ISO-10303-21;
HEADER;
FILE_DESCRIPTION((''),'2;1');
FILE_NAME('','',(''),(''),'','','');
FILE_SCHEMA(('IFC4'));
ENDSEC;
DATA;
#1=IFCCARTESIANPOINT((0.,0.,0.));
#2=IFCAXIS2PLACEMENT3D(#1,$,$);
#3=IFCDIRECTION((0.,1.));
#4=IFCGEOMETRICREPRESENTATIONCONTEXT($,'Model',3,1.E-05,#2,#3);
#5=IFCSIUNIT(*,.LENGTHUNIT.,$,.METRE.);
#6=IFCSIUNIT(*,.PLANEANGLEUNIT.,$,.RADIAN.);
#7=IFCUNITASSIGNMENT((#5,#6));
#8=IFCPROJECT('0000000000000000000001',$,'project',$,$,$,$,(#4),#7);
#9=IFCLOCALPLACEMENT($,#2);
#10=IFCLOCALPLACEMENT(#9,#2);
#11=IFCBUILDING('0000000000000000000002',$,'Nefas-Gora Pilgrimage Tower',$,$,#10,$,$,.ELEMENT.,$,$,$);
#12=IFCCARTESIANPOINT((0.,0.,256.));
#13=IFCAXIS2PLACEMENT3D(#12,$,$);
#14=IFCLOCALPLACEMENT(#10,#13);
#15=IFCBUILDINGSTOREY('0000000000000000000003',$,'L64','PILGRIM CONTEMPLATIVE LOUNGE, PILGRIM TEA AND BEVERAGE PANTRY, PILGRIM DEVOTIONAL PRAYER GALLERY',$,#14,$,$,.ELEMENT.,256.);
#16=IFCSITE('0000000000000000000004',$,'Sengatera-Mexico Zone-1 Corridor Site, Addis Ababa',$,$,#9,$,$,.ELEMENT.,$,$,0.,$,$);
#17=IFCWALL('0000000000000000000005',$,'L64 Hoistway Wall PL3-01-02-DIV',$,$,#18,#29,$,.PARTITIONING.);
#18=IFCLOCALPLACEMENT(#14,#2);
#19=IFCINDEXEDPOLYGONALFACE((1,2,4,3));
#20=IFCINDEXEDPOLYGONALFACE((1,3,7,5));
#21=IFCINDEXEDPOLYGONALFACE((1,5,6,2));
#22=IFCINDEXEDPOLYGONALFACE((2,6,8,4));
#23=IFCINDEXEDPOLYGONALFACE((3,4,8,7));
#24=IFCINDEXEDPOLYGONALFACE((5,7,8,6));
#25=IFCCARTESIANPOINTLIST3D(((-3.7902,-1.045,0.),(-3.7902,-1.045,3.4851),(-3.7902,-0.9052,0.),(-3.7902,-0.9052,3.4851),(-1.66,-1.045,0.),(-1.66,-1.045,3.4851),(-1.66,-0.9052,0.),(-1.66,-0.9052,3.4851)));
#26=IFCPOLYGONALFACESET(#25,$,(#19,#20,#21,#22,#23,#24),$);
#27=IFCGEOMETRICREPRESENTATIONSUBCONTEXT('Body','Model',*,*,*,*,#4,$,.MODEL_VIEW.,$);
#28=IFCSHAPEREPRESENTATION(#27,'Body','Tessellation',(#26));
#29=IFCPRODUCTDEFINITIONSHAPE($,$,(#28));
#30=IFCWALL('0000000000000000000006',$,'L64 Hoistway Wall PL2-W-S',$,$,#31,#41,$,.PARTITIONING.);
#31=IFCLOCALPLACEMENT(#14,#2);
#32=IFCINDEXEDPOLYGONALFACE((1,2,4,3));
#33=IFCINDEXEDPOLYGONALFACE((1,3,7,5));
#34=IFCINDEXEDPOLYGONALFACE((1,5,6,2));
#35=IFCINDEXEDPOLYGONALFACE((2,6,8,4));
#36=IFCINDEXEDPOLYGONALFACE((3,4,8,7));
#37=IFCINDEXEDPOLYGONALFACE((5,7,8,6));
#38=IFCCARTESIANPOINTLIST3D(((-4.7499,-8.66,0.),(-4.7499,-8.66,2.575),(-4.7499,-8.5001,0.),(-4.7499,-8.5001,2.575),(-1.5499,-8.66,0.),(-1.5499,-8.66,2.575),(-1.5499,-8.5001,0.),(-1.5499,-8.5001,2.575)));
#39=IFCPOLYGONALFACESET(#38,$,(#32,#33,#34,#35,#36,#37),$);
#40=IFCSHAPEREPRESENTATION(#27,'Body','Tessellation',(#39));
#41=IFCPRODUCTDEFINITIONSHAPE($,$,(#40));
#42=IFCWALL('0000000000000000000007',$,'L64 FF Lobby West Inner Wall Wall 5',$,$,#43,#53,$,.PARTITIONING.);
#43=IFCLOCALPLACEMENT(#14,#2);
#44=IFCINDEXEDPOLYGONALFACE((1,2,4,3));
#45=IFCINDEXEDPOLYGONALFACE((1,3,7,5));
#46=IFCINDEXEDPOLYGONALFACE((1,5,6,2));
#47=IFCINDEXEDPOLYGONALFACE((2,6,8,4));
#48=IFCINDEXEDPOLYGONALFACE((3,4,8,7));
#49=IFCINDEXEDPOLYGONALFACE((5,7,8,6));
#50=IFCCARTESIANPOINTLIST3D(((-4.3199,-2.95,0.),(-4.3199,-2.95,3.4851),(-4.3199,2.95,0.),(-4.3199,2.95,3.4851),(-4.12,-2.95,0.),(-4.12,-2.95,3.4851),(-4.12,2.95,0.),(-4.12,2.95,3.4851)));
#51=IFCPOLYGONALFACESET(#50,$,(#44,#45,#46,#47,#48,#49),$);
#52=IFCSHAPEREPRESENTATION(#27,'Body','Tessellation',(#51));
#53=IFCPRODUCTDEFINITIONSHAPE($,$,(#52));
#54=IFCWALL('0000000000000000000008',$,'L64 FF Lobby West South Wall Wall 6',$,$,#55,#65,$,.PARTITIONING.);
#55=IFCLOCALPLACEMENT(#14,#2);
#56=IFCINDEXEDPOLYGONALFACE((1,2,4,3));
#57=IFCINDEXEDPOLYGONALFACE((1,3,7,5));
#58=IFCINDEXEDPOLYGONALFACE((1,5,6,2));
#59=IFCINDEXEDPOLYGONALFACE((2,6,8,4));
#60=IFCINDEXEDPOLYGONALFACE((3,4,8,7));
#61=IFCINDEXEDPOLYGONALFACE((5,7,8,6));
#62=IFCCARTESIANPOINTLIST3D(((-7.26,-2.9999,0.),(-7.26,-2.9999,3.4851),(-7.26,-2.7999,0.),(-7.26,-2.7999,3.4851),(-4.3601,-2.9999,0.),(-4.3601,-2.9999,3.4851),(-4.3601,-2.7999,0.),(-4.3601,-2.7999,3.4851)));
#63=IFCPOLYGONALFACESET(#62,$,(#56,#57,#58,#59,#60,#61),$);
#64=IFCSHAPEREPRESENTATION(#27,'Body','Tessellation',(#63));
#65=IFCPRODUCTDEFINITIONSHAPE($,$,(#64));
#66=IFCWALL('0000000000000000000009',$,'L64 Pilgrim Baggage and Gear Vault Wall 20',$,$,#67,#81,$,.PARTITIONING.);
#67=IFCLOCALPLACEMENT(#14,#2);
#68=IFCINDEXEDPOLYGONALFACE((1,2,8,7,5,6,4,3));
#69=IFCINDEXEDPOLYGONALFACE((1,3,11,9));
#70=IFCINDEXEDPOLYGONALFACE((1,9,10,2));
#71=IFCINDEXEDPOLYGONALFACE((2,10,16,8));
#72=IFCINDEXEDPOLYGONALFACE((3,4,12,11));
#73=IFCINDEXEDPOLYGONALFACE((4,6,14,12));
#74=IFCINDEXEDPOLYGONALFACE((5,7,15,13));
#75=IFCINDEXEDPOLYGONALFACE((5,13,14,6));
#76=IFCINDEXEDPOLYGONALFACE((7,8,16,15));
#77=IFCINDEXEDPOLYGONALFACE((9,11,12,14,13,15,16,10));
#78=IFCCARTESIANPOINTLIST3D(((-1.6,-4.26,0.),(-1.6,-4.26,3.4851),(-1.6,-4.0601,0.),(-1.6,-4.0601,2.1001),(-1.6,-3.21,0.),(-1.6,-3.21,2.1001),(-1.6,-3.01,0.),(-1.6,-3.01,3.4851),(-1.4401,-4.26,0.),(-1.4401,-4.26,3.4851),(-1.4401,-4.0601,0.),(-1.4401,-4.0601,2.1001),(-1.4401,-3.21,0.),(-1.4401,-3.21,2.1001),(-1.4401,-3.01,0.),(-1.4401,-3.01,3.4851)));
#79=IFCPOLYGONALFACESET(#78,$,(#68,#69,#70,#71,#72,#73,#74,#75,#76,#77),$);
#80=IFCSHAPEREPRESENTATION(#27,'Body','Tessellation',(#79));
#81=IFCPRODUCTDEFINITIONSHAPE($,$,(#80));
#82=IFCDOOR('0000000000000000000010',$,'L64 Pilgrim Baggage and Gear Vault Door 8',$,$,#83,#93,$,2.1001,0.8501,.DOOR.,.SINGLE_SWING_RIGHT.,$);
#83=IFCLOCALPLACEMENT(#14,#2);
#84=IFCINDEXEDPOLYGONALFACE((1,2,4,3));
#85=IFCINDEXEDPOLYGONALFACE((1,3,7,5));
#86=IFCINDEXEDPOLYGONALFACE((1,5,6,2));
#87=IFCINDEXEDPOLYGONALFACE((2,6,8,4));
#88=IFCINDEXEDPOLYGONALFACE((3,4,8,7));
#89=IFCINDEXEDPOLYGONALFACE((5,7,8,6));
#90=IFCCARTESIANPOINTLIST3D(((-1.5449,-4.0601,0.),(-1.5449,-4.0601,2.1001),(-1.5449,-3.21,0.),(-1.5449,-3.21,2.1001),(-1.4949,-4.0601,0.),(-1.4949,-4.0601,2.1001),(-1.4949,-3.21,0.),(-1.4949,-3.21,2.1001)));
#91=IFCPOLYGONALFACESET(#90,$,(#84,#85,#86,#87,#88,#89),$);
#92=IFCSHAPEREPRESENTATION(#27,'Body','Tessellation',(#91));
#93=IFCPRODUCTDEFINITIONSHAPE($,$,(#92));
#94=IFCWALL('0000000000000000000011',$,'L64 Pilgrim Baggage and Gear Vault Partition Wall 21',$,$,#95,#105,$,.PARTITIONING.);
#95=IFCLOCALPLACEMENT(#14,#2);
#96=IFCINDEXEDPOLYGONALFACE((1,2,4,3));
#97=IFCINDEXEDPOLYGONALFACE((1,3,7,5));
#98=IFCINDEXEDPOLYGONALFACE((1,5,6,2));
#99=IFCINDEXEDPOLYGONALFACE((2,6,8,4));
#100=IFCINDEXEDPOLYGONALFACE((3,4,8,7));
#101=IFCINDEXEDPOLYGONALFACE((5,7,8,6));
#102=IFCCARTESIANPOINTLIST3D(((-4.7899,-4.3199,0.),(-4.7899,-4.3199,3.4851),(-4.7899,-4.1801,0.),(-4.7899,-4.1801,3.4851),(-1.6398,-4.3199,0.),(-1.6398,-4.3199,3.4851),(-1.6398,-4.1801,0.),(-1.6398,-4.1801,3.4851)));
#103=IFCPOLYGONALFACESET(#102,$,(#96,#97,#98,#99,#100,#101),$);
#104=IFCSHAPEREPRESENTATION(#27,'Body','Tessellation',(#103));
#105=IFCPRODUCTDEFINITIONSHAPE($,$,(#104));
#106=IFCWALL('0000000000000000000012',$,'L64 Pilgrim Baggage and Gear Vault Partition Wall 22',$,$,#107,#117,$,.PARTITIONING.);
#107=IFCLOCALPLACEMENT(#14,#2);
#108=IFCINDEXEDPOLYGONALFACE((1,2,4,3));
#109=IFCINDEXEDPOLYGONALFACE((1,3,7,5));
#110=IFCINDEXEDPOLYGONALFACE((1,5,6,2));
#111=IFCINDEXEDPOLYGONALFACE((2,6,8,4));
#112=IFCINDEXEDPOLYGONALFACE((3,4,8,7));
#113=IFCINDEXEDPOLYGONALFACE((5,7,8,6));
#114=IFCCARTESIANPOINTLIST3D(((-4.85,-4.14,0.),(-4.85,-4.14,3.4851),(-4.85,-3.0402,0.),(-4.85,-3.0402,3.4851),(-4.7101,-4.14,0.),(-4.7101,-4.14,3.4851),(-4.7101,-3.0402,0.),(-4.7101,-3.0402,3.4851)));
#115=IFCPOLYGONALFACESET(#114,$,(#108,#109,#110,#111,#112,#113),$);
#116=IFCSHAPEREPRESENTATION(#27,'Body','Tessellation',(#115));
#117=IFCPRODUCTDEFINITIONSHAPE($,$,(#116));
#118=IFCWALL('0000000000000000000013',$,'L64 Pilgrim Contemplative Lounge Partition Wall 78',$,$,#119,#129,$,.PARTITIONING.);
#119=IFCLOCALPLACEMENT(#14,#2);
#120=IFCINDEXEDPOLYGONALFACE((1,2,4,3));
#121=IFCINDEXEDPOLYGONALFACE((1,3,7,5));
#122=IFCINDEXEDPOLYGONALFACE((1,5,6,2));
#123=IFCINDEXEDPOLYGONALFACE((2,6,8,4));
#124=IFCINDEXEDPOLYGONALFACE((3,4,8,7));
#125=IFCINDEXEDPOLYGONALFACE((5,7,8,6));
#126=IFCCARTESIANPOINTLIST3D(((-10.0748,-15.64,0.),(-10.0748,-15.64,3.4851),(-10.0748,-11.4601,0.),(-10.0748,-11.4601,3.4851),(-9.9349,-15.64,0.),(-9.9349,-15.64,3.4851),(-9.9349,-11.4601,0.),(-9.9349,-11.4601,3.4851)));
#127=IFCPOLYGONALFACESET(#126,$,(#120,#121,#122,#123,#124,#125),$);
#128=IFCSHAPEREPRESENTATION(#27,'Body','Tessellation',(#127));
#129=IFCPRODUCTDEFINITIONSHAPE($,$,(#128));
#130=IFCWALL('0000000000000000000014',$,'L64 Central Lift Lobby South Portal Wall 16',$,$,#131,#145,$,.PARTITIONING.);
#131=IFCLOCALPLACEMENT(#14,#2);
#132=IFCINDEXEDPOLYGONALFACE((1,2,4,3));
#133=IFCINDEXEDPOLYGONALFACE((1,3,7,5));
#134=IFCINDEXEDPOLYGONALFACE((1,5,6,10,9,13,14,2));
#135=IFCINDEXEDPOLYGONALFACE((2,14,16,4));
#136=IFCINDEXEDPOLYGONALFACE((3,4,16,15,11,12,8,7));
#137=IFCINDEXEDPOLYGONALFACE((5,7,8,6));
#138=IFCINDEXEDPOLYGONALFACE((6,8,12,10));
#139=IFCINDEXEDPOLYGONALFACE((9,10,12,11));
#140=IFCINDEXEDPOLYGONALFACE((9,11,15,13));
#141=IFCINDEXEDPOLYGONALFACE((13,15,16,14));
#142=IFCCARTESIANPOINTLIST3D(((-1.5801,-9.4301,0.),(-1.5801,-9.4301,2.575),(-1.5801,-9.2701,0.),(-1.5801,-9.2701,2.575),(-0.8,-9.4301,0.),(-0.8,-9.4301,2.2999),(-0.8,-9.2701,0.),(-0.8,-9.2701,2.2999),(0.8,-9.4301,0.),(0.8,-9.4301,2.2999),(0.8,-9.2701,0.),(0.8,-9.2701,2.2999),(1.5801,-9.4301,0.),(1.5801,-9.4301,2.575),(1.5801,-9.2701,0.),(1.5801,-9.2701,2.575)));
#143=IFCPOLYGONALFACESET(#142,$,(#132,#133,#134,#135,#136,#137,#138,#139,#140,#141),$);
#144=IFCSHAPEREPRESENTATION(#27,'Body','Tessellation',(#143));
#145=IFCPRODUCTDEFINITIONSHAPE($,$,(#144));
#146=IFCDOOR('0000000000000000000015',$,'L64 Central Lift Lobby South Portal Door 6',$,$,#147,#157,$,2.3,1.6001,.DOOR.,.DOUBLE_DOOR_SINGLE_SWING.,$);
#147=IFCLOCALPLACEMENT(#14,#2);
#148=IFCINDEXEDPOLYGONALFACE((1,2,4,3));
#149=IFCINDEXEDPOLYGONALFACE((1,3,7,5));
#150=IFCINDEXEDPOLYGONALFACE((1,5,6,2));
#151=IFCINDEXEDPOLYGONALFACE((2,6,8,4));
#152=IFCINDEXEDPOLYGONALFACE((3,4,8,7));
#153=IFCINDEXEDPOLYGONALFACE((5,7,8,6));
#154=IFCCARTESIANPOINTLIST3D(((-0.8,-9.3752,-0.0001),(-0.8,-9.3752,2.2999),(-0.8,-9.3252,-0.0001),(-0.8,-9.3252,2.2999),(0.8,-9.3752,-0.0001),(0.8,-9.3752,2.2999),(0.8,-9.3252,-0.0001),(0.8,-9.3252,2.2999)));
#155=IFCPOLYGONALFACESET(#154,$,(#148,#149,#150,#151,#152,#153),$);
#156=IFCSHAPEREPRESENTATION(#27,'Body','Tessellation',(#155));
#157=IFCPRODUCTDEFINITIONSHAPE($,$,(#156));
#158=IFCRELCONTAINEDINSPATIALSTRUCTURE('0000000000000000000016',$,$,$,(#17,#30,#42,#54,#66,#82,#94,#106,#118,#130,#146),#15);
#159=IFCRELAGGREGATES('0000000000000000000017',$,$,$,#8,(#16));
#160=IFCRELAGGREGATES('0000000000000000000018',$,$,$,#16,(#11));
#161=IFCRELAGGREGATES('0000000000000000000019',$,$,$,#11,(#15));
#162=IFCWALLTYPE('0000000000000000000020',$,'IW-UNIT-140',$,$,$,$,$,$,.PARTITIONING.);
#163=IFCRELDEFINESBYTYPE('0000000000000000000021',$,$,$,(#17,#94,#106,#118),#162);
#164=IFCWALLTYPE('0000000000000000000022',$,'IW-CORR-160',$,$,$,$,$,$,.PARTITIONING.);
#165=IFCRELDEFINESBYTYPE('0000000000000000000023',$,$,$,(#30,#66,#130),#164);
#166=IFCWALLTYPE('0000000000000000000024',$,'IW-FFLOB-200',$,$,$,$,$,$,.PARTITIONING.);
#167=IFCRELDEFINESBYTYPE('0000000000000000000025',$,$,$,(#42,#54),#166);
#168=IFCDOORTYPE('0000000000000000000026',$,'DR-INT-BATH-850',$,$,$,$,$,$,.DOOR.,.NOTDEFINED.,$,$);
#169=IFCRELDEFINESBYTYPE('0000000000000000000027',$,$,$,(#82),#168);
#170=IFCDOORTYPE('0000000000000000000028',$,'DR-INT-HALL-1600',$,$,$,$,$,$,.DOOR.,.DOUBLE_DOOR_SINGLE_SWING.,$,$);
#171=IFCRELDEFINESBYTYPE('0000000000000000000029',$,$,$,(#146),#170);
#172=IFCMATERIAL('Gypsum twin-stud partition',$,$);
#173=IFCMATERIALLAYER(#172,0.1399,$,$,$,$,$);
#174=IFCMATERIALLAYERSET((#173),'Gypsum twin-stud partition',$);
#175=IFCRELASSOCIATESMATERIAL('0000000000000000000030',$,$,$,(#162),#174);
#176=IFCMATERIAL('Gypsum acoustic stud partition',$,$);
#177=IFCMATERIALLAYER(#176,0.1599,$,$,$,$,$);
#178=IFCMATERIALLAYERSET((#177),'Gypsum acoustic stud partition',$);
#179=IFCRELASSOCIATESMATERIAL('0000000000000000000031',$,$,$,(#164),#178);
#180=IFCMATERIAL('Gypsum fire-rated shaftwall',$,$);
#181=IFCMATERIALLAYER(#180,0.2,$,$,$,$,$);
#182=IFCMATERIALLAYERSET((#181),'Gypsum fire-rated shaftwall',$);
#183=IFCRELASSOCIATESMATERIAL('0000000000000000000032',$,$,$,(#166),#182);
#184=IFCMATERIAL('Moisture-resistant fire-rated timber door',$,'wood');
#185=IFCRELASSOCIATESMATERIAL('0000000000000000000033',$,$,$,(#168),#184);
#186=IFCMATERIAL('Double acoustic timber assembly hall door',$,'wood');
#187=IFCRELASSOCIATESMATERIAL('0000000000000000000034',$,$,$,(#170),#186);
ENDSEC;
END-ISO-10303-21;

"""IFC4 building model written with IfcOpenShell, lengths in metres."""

from ifc_helpers import new_model, si_unit, direction, frame, frame_2d, origin, place, context, subcontext, project, spatial, rectangle, extrude, source, transform, mapped, material, layer, layer_set, type_object, element, fill, save


model = new_model("IFC4")

# Units and contexts
model_context = context("Model", 3, precision=1e-05, world=origin(), true_north=direction((0.0, 1.0)))
body_context = subcontext(model_context, "Body", "Model", "MODEL_VIEW")
ifc_project = project(units=[si_unit("LENGTHUNIT", "METRE"), si_unit("PLANEANGLEUNIT", "RADIAN")], contexts=[model_context])

# Site, building, storey
site_placement = place(None, origin())
site = spatial("IfcSite", under=ifc_project, at=site_placement, Name="Sengatera-Mexico Zone-1 Corridor Site, Addis Ababa", CompositionType="ELEMENT", RefElevation=0.0)
building_placement = place(site_placement, origin())
building = spatial("IfcBuilding", under=site, at=building_placement, Name="Nefas-Gora Pilgrimage Tower", CompositionType="ELEMENT")
storey_placement = place(building_placement, frame((0.0, 0.0, 256.0)))
storey = spatial("IfcBuildingStorey", under=building, at=storey_placement, Name="L64", Description="PILGRIM CONTEMPLATIVE LOUNGE, PILGRIM TEA AND BEVERAGE PANTRY, PILGRIM DEVOTIONAL PRAYER GALLERY", CompositionType="ELEMENT", Elevation=256.0)

# Walls
ifc_material_1 = material(Name="Gypsum twin-stud partition")
ifc_layer_1 = layer(ifc_material_1, 0.1399)
ifc_layer_set_1 = layer_set([ifc_layer_1], Name="Gypsum twin-stud partition")
wall_type_1 = type_object("IfcWallType", Name="IW-UNIT-140", PredefinedType="PARTITIONING", material=ifc_layer_set_1)
shared_shape_1 = source(origin(), body_context, "Body", "SweptSolid", [
    extrude(rectangle(XDim=2.1301, YDim=0.1399, at=frame_2d((1.0649, 0.0))), origin(), (0.0, 0.0, 1.0), 3.4851),
])
wall_1_placement = place(storey_placement, frame((-3.79, -0.9751, 0.0), z_axis=(0.0, 0.0, 1.0), x_axis=(1.0, 0.0, 0.0)))
element("IfcWall", 1, at=wall_1_placement, inside=storey, type_object=wall_type_1, Name="L64 Hoistway Wall PL3-01-02-DIV", PredefinedType="PARTITIONING", context=body_context, shape_type="MappedRepresentation", body=[
    mapped(shared_shape_1, transform((0.0, 0.0, 0.0), x_axis=(1.0, 0.0, 0.0), y_axis=(0.0, 1.0, 0.0), z_axis=(0.0, 0.0, 1.0), scale=1.0)),
])
ifc_material_2 = material(Name="Gypsum acoustic stud partition")
ifc_layer_2 = layer(ifc_material_2, 0.1599)
ifc_layer_set_2 = layer_set([ifc_layer_2], Name="Gypsum acoustic stud partition")
wall_type_2 = type_object("IfcWallType", Name="IW-CORR-160", PredefinedType="PARTITIONING", material=ifc_layer_set_2)
shared_shape_2 = source(origin(), body_context, "Body", "SweptSolid", [
    extrude(rectangle(XDim=3.2, YDim=0.1599, at=frame_2d((1.6001, 0.0))), origin(), (0.0, 0.0, 1.0), 2.575),
])
wall_2_placement = place(storey_placement, frame((-4.75, -8.5801, 0.0), z_axis=(0.0, 0.0, 1.0), x_axis=(1.0, 0.0, 0.0)))
element("IfcWall", 2, at=wall_2_placement, inside=storey, type_object=wall_type_2, Name="L64 Hoistway Wall PL2-W-S", PredefinedType="PARTITIONING", context=body_context, shape_type="MappedRepresentation", body=[
    mapped(shared_shape_2, transform((0.0, 0.0, 0.0), x_axis=(1.0, 0.0, 0.0), y_axis=(0.0, 1.0, 0.0), z_axis=(0.0, 0.0, 1.0), scale=1.0)),
])
ifc_material_3 = material(Name="Gypsum fire-rated shaftwall")
ifc_layer_3 = layer(ifc_material_3, 0.2)
ifc_layer_set_3 = layer_set([ifc_layer_3], Name="Gypsum fire-rated shaftwall")
wall_type_3 = type_object("IfcWallType", Name="IW-FFLOB-200", PredefinedType="PARTITIONING", material=ifc_layer_set_3)
shared_shape_3 = source(origin(), body_context, "Body", "SweptSolid", [
    extrude(rectangle(XDim=5.8999, YDim=0.2, at=frame_2d((2.95, 0.0))), origin(), (0.0, 0.0, 1.0), 3.4851),
])
wall_3_placement = place(storey_placement, frame((-4.22, -2.95, 0.0), z_axis=(0.0, 0.0, 1.0), x_axis=(0.0, 1.0, 0.0)))
element("IfcWall", 3, at=wall_3_placement, inside=storey, type_object=wall_type_3, Name="L64 FF Lobby West Inner Wall Wall 5", PredefinedType="PARTITIONING", context=body_context, shape_type="MappedRepresentation", body=[
    mapped(shared_shape_3, transform((0.0, 0.0, 0.0), x_axis=(1.0, 0.0, 0.0), y_axis=(0.0, 1.0, 0.0), z_axis=(0.0, 0.0, 1.0), scale=1.0)),
])
shared_shape_4 = source(origin(), body_context, "Body", "SweptSolid", [
    extrude(rectangle(XDim=2.8999, YDim=0.2, at=frame_2d((1.45, 0.0))), origin(), (0.0, 0.0, 1.0), 3.4851),
])
wall_4_placement = place(storey_placement, frame((-7.26, -2.8999, 0.0), z_axis=(0.0, 0.0, 1.0), x_axis=(1.0, 0.0, 0.0)))
element("IfcWall", 4, at=wall_4_placement, inside=storey, type_object=wall_type_3, Name="L64 FF Lobby West South Wall Wall 6", PredefinedType="PARTITIONING", context=body_context, shape_type="MappedRepresentation", body=[
    mapped(shared_shape_4, transform((0.0, 0.0, 0.0), x_axis=(1.0, 0.0, 0.0), y_axis=(0.0, 1.0, 0.0), z_axis=(0.0, 0.0, 1.0), scale=1.0)),
])

# Wall, opening, door
shared_shape_5 = source(origin(), body_context, "Body", "SweptSolid", [
    extrude(rectangle(XDim=1.25, YDim=0.1599, at=frame_2d((0.625, 0.0))), origin(), (0.0, 0.0, 1.0), 3.4851),
])
wall_5_placement = place(storey_placement, frame((-1.52, -4.26, 0.0), z_axis=(0.0, 0.0, 1.0), x_axis=(0.0, 1.0, 0.0)))
wall_5 = element("IfcWall", 5, at=wall_5_placement, inside=storey, type_object=wall_type_2, Name="L64 Pilgrim Baggage and Gear Vault Wall 20", PredefinedType="PARTITIONING", context=body_context, shape_type="MappedRepresentation", body=[
    mapped(shared_shape_5, transform((0.0, 0.0, 0.0), x_axis=(1.0, 0.0, 0.0), y_axis=(0.0, 1.0, 0.0), z_axis=(0.0, 0.0, 1.0), scale=1.0)),
])
opening_1_placement = place(wall_5_placement, frame((0.2, 0.0, 0.0)))
opening_1 = element("IfcOpeningElement", 6, at=opening_1_placement, cuts=wall_5, PredefinedType="OPENING", context=body_context, shape_type="SweptSolid", body=[
    extrude(rectangle(XDim=0.8501, YDim=2.1001, at=frame_2d((0.425, 1.05))), frame((0.0, 0.0898, 0.0), z_axis=(0.0, -1.0, 0.0), x_axis=(1.0, 0.0, 0.0)), (0.0, 0.0, 1.0), 0.1799),
])
ifc_material_4 = material(Name="Moisture-resistant fire-rated timber door", Category="wood")
door_type_1 = type_object("IfcDoorType", Name="DR-INT-BATH-850", OperationType="NOTDEFINED", PredefinedType="DOOR", material=ifc_material_4)
shared_shape_6 = source(origin(), body_context, "Body", "SweptSolid", [
    extrude(rectangle(XDim=0.8501, YDim=2.1001, at=frame_2d((0.425, 1.05))), frame((0.0, 0.0249, 0.0), z_axis=(0.0, -1.0, 0.0), x_axis=(1.0, 0.0, 0.0)), (0.0, 0.0, 1.0), 0.05),
])
door_1_placement = place(opening_1_placement, origin())
door_1 = element("IfcDoor", 7, at=door_1_placement, inside=storey, type_object=door_type_1, Name="L64 Pilgrim Baggage and Gear Vault Door 8", OperationType="SINGLE_SWING_RIGHT", OverallHeight=2.1001, OverallWidth=0.8501, PredefinedType="DOOR", context=body_context, shape_type="MappedRepresentation", body=[
    mapped(shared_shape_6, transform((0.0, 0.0, 0.0), x_axis=(1.0, 0.0, 0.0), y_axis=(0.0, 1.0, 0.0), z_axis=(0.0, 0.0, 1.0), scale=1.0)),
])
fill(opening_1, door_1)

# Walls
shared_shape_7 = source(origin(), body_context, "Body", "SweptSolid", [
    extrude(rectangle(XDim=3.1501, YDim=0.1399, at=frame_2d((1.5752, 0.0))), origin(), (0.0, 0.0, 1.0), 3.4851),
])
wall_6_placement = place(storey_placement, frame((-4.79, -4.25, 0.0), z_axis=(0.0, 0.0, 1.0), x_axis=(1.0, 0.0, 0.0)))
element("IfcWall", 8, at=wall_6_placement, inside=storey, type_object=wall_type_1, Name="L64 Pilgrim Baggage and Gear Vault Partition Wall 21", PredefinedType="PARTITIONING", context=body_context, shape_type="MappedRepresentation", body=[
    mapped(shared_shape_7, transform((0.0, 0.0, 0.0), x_axis=(1.0, 0.0, 0.0), y_axis=(0.0, 1.0, 0.0), z_axis=(0.0, 0.0, 1.0), scale=1.0)),
])
shared_shape_8 = source(origin(), body_context, "Body", "SweptSolid", [
    extrude(rectangle(XDim=1.0999, YDim=0.1399, at=frame_2d((0.5498, 0.0))), origin(), (0.0, 0.0, 1.0), 3.4851),
])
wall_7_placement = place(storey_placement, frame((-4.78, -4.1399, 0.0), z_axis=(0.0, 0.0, 1.0), x_axis=(0.0, 1.0, 0.0)))
element("IfcWall", 9, at=wall_7_placement, inside=storey, type_object=wall_type_1, Name="L64 Pilgrim Baggage and Gear Vault Partition Wall 22", PredefinedType="PARTITIONING", context=body_context, shape_type="MappedRepresentation", body=[
    mapped(shared_shape_8, transform((0.0, 0.0, 0.0), x_axis=(1.0, 0.0, 0.0), y_axis=(0.0, 1.0, 0.0), z_axis=(0.0, 0.0, 1.0), scale=1.0)),
])
shared_shape_9 = source(origin(), body_context, "Body", "SweptSolid", [
    extrude(rectangle(XDim=4.1799, YDim=0.1399, at=frame_2d((2.0898, 0.0))), origin(), (0.0, 0.0, 1.0), 3.4851),
])
wall_8_placement = place(storey_placement, frame((-10.0049, -15.6399, 0.0), z_axis=(0.0, 0.0, 1.0), x_axis=(0.0, 1.0, 0.0)))
element("IfcWall", 10, at=wall_8_placement, inside=storey, type_object=wall_type_1, Name="L64 Pilgrim Contemplative Lounge Partition Wall 78", PredefinedType="PARTITIONING", context=body_context, shape_type="MappedRepresentation", body=[
    mapped(shared_shape_9, transform((0.0, 0.0, 0.0), x_axis=(1.0, 0.0, 0.0), y_axis=(0.0, 1.0, 0.0), z_axis=(0.0, 0.0, 1.0), scale=1.0)),
])

# Wall, opening, door
shared_shape_10 = source(origin(), body_context, "Body", "SweptSolid", [
    extrude(rectangle(XDim=3.1602, YDim=0.1599, at=frame_2d((1.5801, 0.0))), origin(), (0.0, 0.0, 1.0), 2.575),
])
wall_9_placement = place(storey_placement, frame((-1.5801, -9.3501, 0.0), z_axis=(0.0, 0.0, 1.0), x_axis=(1.0, 0.0, 0.0)))
wall_9 = element("IfcWall", 11, at=wall_9_placement, inside=storey, type_object=wall_type_2, Name="L64 Central Lift Lobby South Portal Wall 16", PredefinedType="PARTITIONING", context=body_context, shape_type="MappedRepresentation", body=[
    mapped(shared_shape_10, transform((0.0, 0.0, 0.0), x_axis=(1.0, 0.0, 0.0), y_axis=(0.0, 1.0, 0.0), z_axis=(0.0, 0.0, 1.0), scale=1.0)),
])
opening_2_placement = place(wall_9_placement, frame((0.78, 0.0, 0.0)))
opening_2 = element("IfcOpeningElement", 12, at=opening_2_placement, cuts=wall_9, PredefinedType="OPENING", context=body_context, shape_type="SweptSolid", body=[
    extrude(rectangle(XDim=1.6001, YDim=2.3, at=frame_2d((0.8, 1.1499))), frame((0.0, 0.0898, 0.0), z_axis=(0.0, -1.0, 0.0), x_axis=(1.0, 0.0, 0.0)), (0.0, 0.0, 1.0), 0.1799),
])
ifc_material_5 = material(Name="Double acoustic timber assembly hall door", Category="wood")
door_type_2 = type_object("IfcDoorType", Name="DR-INT-HALL-1600", OperationType="DOUBLE_DOOR_SINGLE_SWING", PredefinedType="DOOR", material=ifc_material_5)
shared_shape_11 = source(origin(), body_context, "Body", "SweptSolid", [
    extrude(rectangle(XDim=1.6001, YDim=2.3, at=frame_2d((0.8, 1.1499))), frame((0.0, 0.0249, 0.0), z_axis=(0.0, -1.0, 0.0), x_axis=(1.0, 0.0, 0.0)), (0.0, 0.0, 1.0), 0.05),
])
door_2_placement = place(opening_2_placement, origin())
door_2 = element("IfcDoor", 13, at=door_2_placement, inside=storey, type_object=door_type_2, Name="L64 Central Lift Lobby South Portal Door 6", OperationType="DOUBLE_DOOR_SINGLE_SWING", OverallHeight=2.3, OverallWidth=1.6001, PredefinedType="DOOR", context=body_context, shape_type="MappedRepresentation", body=[
    mapped(shared_shape_11, transform((0.0, 0.0, 0.0), x_axis=(1.0, 0.0, 0.0), y_axis=(0.0, 1.0, 0.0), z_axis=(0.0, 0.0, 1.0), scale=1.0)),
])
fill(opening_2, door_2)

save(model, "model.ifc")
